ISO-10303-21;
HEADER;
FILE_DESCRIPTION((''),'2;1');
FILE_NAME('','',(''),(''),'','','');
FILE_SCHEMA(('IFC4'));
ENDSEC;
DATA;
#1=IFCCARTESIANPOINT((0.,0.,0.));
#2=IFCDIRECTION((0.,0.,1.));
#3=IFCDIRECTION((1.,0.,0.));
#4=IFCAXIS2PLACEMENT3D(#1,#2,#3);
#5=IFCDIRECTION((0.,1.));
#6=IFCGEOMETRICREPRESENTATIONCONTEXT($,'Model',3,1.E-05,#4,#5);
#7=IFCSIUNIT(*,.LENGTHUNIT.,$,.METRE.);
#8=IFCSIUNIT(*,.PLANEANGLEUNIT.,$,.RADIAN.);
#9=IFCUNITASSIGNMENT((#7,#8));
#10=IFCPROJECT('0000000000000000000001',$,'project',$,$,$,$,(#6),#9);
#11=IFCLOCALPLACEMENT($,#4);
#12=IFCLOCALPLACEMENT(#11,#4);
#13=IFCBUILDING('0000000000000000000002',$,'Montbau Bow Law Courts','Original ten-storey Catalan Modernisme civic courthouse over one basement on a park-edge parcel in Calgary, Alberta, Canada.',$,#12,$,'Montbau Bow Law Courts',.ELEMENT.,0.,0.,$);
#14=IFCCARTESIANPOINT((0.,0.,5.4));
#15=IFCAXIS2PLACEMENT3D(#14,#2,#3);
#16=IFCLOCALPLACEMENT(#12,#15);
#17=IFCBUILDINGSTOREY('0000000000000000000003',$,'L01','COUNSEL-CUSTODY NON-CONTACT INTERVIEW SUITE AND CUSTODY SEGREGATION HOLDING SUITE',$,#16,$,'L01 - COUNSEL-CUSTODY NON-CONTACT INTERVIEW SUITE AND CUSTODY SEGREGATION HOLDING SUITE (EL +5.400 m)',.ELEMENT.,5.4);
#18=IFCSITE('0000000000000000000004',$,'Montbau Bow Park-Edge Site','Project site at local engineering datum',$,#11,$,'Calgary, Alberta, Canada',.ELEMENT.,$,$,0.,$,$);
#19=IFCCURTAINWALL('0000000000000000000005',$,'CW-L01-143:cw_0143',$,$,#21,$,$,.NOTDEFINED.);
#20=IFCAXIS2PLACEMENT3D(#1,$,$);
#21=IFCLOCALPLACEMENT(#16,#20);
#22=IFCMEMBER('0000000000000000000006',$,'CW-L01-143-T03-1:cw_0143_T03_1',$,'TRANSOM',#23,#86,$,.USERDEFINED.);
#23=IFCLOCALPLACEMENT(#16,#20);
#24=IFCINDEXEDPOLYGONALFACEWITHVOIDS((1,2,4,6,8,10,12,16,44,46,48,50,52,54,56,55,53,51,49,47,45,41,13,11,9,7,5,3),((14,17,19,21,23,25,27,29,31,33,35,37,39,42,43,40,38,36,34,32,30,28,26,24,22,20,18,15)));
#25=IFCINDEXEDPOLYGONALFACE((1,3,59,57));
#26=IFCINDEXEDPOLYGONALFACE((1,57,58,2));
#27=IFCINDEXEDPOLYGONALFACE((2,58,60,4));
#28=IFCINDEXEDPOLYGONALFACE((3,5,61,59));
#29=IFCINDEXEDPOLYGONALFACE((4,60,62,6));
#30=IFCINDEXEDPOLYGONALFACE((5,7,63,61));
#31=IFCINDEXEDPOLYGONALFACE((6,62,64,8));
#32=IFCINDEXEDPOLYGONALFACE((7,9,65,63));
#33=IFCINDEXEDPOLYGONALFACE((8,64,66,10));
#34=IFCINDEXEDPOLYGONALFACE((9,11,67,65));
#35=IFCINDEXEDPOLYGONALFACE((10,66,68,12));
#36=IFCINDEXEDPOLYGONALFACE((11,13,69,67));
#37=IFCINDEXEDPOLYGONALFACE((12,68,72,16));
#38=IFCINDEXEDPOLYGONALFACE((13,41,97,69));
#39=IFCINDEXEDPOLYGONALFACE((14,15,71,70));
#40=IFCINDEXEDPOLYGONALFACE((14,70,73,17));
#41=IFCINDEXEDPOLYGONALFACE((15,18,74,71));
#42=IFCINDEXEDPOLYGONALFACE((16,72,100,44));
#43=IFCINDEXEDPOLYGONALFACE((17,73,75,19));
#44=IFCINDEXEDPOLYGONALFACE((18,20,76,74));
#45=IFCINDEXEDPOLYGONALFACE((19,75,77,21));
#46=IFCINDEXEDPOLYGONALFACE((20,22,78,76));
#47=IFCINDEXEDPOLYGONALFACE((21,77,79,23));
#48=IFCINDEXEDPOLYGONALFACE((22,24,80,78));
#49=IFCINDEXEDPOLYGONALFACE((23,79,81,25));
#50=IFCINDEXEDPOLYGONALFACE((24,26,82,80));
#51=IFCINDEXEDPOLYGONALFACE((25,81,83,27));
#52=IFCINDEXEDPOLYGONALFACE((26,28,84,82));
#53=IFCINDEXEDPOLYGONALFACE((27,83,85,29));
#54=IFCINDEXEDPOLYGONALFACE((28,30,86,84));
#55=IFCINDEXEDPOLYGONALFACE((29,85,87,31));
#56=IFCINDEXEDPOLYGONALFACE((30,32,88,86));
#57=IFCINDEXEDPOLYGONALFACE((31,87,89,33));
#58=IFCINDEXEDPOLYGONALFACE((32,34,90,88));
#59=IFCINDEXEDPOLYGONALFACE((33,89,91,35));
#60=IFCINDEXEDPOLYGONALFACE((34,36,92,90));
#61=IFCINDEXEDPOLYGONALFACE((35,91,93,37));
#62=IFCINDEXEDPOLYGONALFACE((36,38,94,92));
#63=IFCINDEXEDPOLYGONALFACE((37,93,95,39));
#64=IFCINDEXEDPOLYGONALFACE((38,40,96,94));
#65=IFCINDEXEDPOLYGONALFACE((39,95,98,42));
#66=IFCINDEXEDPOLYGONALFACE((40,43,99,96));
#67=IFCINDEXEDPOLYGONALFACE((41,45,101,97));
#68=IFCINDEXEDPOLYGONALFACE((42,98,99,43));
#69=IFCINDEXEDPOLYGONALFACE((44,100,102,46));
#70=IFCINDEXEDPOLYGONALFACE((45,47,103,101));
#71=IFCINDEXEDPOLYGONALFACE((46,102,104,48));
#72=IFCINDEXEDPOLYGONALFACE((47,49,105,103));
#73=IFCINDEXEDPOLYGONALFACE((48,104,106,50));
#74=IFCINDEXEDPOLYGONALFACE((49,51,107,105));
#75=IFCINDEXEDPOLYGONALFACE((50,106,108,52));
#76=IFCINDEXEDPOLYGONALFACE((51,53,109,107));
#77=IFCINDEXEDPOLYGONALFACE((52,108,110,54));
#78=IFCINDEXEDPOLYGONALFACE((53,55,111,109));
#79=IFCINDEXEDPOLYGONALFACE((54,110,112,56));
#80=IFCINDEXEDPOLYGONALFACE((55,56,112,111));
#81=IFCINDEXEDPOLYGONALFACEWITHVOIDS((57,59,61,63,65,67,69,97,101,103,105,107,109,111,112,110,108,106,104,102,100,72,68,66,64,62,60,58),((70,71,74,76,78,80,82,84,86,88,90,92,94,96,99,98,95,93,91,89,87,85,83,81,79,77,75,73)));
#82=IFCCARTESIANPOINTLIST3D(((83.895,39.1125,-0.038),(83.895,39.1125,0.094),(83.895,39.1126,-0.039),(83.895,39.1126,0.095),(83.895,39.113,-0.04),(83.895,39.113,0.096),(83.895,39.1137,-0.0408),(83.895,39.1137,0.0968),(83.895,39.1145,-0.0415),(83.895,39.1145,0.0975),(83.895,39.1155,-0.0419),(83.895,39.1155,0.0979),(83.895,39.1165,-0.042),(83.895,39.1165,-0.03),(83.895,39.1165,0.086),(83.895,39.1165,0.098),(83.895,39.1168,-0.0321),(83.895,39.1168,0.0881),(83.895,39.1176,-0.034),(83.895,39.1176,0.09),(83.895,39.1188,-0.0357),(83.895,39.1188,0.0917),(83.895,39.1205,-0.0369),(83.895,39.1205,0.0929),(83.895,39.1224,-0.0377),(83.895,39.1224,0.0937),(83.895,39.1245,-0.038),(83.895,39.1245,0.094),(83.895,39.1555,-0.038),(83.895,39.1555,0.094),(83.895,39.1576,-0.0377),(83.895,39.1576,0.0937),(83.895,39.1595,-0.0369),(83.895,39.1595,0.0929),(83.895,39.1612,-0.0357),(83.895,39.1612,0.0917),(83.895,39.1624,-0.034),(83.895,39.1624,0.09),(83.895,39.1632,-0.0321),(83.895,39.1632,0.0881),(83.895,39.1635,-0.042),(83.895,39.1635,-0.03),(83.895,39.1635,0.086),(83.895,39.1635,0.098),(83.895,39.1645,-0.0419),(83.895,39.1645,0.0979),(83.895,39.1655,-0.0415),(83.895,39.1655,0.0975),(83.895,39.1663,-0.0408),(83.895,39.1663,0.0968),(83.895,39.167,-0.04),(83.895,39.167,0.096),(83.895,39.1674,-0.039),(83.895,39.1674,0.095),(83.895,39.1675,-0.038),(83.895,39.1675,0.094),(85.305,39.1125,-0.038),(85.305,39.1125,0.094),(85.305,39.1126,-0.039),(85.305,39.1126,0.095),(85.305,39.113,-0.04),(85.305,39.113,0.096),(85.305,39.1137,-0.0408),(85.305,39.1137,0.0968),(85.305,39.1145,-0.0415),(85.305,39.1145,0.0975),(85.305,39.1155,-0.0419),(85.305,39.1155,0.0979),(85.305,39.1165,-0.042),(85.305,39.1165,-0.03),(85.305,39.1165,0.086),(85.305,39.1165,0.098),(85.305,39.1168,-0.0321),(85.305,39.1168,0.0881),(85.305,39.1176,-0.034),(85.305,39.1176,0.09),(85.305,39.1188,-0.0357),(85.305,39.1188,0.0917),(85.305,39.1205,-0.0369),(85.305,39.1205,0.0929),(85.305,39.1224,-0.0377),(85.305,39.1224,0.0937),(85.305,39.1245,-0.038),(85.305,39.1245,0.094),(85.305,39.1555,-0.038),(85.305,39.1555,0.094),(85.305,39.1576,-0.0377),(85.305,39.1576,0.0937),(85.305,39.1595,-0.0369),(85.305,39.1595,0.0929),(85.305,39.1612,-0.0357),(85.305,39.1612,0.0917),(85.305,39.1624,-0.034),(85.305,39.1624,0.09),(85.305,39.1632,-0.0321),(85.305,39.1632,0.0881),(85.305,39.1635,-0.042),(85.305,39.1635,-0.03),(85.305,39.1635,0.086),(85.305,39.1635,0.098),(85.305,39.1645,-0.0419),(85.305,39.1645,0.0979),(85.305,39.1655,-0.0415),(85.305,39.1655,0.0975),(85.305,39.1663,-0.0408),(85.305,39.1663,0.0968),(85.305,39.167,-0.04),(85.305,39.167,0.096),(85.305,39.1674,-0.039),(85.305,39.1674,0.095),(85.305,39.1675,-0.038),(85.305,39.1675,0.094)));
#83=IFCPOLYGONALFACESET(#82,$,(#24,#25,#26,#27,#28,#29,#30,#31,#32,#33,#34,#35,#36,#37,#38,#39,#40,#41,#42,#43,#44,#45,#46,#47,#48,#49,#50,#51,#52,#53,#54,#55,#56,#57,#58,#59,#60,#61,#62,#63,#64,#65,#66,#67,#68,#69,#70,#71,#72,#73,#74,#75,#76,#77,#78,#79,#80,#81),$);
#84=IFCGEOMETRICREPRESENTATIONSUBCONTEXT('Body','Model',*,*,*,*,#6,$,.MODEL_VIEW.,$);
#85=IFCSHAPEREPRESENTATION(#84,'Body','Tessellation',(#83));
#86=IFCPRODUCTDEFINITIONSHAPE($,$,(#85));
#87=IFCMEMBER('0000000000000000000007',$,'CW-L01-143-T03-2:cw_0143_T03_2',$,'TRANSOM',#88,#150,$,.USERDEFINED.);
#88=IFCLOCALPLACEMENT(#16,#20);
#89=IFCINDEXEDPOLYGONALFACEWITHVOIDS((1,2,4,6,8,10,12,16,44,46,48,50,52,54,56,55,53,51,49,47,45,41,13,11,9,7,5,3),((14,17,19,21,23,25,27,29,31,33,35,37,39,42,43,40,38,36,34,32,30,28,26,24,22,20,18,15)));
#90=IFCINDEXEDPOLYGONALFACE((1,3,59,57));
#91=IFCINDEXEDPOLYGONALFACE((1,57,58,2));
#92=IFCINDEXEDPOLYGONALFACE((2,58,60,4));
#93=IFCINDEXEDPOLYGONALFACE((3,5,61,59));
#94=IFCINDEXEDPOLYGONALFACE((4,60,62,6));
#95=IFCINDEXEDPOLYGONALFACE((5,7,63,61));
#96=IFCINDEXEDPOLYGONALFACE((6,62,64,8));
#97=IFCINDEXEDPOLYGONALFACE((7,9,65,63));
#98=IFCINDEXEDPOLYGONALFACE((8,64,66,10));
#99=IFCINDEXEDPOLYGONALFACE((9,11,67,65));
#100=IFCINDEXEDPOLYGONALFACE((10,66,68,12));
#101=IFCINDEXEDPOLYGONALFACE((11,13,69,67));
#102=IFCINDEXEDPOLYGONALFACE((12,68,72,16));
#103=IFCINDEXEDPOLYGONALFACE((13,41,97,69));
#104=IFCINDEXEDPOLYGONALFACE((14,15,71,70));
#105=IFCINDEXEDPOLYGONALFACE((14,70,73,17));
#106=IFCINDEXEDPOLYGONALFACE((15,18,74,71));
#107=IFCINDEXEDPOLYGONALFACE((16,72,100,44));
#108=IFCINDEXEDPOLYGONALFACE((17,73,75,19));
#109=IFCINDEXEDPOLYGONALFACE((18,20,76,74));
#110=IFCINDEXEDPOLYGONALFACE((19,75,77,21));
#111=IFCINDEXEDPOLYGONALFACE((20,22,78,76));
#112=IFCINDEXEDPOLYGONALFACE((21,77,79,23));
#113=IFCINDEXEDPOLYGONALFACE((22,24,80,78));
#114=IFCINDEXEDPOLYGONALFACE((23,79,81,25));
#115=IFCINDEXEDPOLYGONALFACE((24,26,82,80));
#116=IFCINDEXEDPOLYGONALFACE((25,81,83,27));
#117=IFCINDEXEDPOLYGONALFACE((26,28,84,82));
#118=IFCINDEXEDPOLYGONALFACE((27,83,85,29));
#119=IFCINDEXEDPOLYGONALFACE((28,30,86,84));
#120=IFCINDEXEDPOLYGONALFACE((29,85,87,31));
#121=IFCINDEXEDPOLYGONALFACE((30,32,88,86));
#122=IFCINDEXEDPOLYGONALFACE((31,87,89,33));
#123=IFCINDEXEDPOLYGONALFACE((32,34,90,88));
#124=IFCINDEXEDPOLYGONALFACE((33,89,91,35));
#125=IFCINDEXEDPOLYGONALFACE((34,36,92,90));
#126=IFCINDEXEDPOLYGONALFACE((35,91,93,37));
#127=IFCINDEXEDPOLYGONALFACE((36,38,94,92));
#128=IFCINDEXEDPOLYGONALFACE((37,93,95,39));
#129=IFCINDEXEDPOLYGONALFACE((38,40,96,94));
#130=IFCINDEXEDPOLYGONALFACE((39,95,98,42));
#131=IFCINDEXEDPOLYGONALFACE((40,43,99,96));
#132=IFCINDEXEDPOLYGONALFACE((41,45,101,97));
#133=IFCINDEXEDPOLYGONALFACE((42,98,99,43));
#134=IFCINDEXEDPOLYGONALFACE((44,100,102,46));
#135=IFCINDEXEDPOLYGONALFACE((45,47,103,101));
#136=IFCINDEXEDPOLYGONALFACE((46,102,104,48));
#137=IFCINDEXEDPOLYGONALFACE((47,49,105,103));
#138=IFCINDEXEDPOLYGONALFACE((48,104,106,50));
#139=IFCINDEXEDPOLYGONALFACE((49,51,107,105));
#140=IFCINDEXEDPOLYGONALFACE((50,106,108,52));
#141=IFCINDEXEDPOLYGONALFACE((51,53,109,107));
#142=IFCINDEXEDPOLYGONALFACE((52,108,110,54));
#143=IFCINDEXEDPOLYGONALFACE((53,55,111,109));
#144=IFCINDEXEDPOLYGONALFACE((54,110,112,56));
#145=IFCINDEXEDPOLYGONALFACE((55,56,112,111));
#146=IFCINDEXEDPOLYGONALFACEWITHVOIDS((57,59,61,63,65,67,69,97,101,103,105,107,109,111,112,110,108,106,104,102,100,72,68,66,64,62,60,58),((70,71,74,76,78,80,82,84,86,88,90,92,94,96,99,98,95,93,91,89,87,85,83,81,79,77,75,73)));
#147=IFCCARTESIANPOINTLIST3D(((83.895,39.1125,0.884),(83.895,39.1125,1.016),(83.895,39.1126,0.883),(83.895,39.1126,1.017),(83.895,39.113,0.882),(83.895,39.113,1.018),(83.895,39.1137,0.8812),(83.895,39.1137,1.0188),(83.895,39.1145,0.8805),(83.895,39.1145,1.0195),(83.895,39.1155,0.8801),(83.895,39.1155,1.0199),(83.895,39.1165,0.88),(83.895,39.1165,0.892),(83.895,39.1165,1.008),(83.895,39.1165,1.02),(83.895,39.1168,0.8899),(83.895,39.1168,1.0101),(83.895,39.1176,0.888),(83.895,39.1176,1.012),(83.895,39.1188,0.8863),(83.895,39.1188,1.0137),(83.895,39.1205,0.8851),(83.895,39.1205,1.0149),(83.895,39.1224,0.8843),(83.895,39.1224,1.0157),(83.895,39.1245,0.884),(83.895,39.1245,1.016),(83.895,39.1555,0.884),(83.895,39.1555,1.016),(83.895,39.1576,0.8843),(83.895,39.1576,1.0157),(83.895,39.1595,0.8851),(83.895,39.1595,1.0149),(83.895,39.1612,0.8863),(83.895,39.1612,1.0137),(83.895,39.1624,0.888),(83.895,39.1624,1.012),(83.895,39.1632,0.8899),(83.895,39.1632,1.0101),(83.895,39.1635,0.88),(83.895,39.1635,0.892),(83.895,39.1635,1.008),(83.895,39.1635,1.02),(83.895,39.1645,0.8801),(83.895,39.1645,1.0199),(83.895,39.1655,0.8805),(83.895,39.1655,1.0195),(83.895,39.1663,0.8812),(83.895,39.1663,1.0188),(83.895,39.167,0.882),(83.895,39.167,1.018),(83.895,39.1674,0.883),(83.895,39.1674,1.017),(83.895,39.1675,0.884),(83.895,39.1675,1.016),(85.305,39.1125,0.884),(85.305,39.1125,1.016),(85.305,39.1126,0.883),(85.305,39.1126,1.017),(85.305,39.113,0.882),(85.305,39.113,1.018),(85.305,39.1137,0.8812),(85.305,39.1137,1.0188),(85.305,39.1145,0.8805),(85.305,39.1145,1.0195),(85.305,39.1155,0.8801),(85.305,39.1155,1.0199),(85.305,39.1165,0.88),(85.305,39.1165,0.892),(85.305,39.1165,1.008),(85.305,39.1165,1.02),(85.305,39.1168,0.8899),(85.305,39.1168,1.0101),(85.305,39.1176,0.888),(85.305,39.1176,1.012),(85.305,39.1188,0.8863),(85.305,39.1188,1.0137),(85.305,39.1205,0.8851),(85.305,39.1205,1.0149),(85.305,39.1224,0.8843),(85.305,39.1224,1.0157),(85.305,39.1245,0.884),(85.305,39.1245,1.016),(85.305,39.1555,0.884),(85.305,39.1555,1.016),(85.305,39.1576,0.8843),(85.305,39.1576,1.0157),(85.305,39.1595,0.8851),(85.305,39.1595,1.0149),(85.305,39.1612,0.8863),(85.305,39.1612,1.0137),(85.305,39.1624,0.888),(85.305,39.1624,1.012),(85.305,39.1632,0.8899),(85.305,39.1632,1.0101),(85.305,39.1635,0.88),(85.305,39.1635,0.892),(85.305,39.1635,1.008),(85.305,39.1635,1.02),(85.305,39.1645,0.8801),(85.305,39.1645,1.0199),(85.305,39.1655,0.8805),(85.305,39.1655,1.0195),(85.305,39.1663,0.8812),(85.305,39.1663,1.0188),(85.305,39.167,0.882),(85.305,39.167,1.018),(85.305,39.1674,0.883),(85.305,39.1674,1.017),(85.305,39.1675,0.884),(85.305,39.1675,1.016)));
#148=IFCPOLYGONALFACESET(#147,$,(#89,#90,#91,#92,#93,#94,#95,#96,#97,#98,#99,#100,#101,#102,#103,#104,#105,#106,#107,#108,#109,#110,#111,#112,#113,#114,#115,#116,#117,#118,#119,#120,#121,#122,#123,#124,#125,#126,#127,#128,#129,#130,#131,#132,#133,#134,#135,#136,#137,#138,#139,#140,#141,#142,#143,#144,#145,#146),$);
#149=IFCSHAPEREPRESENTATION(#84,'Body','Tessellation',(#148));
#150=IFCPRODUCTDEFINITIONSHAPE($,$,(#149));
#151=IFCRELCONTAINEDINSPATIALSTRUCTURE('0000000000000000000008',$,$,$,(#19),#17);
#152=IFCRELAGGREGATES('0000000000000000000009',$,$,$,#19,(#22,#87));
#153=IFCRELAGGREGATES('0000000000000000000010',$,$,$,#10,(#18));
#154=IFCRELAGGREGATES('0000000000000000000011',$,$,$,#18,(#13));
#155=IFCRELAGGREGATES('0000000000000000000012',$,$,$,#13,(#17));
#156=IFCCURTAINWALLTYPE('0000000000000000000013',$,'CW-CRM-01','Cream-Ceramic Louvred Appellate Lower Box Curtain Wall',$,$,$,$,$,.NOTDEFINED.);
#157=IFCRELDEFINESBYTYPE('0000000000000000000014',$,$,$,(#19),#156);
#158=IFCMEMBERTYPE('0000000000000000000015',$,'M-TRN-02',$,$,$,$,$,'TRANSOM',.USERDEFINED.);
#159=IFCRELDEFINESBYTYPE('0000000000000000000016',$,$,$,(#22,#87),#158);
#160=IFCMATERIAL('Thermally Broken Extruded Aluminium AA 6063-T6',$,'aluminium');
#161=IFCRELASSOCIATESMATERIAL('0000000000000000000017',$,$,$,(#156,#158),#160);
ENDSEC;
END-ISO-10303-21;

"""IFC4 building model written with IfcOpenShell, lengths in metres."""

from ifc_helpers import new_model, si_unit, direction, frame, origin_with_axes, origin_2d_with_axis, place, context, subcontext, project, spatial, hollow_rectangle, extrude, material, material_profile, profile_set, type_object, element, aggregate, save


model = new_model("IFC4")

# Units and contexts
model_context = context("Model", 3, precision=1e-05, world=origin_with_axes(), true_north=direction((0.0, 1.0)))
body_context = subcontext(model_context, "Body", "Model", "MODEL_VIEW")
ifc_project = project(units=[si_unit("LENGTHUNIT", "METRE"), si_unit("PLANEANGLEUNIT", "RADIAN")], contexts=[model_context])

# Site, building, storey
site_placement = place(None, origin_with_axes())
site = spatial("IfcSite", under=ifc_project, at=site_placement, Name="Montbau Bow Park-Edge Site", Description="Project site at local engineering datum", LongName="Calgary, Alberta, Canada", CompositionType="ELEMENT", RefElevation=0.0)
building_placement = place(site_placement, origin_with_axes())
building = spatial("IfcBuilding", under=site, at=building_placement, Name="Montbau Bow Law Courts", Description="Original ten-storey Catalan Modernisme civic courthouse over one basement on a park-edge parcel in Calgary, Alberta, Canada.", LongName="Montbau Bow Law Courts", CompositionType="ELEMENT", ElevationOfRefHeight=0.0, ElevationOfTerrain=0.0)
storey_placement = place(building_placement, frame((0.0, 0.0, 5.4), z_axis=(0.0, 0.0, 1.0), x_axis=(1.0, 0.0, 0.0)))
storey = spatial("IfcBuildingStorey", under=building, at=storey_placement, Name="L01", Description="COUNSEL-CUSTODY NON-CONTACT INTERVIEW SUITE AND CUSTODY SEGREGATION HOLDING SUITE", LongName="L01 - COUNSEL-CUSTODY NON-CONTACT INTERVIEW SUITE AND CUSTODY SEGREGATION HOLDING SUITE (EL +5.400 m)", CompositionType="ELEMENT", Elevation=5.4)

# Curtain wall, members
ifc_material_1 = material(Name="Thermally Broken Extruded Aluminium AA 6063-T6", Category="aluminium")
curtain_wall_type = type_object("IfcCurtainWallType", Name="CW-CRM-01", Description="Cream-Ceramic Louvred Appellate Lower Box Curtain Wall", PredefinedType="NOTDEFINED", material=ifc_material_1)
curtain_wall_placement = place(None, frame((80.915, 39.14, 5.4), z_axis=(0.0, 0.0, 1.0), x_axis=(1.0, 0.0, 0.0)))
curtain_wall = element("IfcCurtainWall", 1, at=curtain_wall_placement, inside=storey, type_object=curtain_wall_type, Name="CW-L01-143:cw_0143", PredefinedType="NOTDEFINED")
ifc_material_profile_1 = material_profile(ifc_material_1, hollow_rectangle(XDim=0.055, YDim=0.14, WallThickness=0.004, InnerFilletRadius=0.008, OuterFilletRadius=0.004, at=origin_2d_with_axis()), Name="CWT-140X55", Category="Main", Priority=0)
ifc_profile_set_1 = profile_set([ifc_material_profile_1], Name="Thermally Broken Extruded Aluminium AA 6063-T6")
member_type_1 = type_object("IfcMemberType", Name="M-TRN-02", ElementType="TRANSOM", PredefinedType="USERDEFINED", material=ifc_profile_set_1)
member_1_placement = place(None, frame((83.895, 39.14, 5.428), z_axis=(1.0, 0.0, 0.0), x_axis=(0.0, 1.0, 0.0)))
member_1 = element("IfcMember", 2, at=member_1_placement, type_object=member_type_1, Name="CW-L01-143-T03-1:cw_0143_T03_1", ObjectType="TRANSOM", PredefinedType="USERDEFINED", context=body_context, shape_type="SweptSolid", body=[
    extrude(hollow_rectangle(XDim=0.055, YDim=0.14, WallThickness=0.004, InnerFilletRadius=0.008, OuterFilletRadius=0.004, at=origin_2d_with_axis()), origin_with_axes(), (0.0, 0.0, 1.0), 1.41),
])
member_2_placement = place(None, frame((83.895, 39.14, 6.35), z_axis=(1.0, 0.0, 0.0), x_axis=(0.0, 1.0, 0.0)))
member_2 = element("IfcMember", 3, at=member_2_placement, type_object=member_type_1, Name="CW-L01-143-T03-2:cw_0143_T03_2", ObjectType="TRANSOM", PredefinedType="USERDEFINED", context=body_context, shape_type="SweptSolid", body=[
    extrude(hollow_rectangle(XDim=0.055, YDim=0.14, WallThickness=0.004, InnerFilletRadius=0.008, OuterFilletRadius=0.004, at=origin_2d_with_axis()), origin_with_axes(), (0.0, 0.0, 1.0), 1.41),
])
aggregate(curtain_wall, [member_1, member_2])

save(model, "model.ifc")
